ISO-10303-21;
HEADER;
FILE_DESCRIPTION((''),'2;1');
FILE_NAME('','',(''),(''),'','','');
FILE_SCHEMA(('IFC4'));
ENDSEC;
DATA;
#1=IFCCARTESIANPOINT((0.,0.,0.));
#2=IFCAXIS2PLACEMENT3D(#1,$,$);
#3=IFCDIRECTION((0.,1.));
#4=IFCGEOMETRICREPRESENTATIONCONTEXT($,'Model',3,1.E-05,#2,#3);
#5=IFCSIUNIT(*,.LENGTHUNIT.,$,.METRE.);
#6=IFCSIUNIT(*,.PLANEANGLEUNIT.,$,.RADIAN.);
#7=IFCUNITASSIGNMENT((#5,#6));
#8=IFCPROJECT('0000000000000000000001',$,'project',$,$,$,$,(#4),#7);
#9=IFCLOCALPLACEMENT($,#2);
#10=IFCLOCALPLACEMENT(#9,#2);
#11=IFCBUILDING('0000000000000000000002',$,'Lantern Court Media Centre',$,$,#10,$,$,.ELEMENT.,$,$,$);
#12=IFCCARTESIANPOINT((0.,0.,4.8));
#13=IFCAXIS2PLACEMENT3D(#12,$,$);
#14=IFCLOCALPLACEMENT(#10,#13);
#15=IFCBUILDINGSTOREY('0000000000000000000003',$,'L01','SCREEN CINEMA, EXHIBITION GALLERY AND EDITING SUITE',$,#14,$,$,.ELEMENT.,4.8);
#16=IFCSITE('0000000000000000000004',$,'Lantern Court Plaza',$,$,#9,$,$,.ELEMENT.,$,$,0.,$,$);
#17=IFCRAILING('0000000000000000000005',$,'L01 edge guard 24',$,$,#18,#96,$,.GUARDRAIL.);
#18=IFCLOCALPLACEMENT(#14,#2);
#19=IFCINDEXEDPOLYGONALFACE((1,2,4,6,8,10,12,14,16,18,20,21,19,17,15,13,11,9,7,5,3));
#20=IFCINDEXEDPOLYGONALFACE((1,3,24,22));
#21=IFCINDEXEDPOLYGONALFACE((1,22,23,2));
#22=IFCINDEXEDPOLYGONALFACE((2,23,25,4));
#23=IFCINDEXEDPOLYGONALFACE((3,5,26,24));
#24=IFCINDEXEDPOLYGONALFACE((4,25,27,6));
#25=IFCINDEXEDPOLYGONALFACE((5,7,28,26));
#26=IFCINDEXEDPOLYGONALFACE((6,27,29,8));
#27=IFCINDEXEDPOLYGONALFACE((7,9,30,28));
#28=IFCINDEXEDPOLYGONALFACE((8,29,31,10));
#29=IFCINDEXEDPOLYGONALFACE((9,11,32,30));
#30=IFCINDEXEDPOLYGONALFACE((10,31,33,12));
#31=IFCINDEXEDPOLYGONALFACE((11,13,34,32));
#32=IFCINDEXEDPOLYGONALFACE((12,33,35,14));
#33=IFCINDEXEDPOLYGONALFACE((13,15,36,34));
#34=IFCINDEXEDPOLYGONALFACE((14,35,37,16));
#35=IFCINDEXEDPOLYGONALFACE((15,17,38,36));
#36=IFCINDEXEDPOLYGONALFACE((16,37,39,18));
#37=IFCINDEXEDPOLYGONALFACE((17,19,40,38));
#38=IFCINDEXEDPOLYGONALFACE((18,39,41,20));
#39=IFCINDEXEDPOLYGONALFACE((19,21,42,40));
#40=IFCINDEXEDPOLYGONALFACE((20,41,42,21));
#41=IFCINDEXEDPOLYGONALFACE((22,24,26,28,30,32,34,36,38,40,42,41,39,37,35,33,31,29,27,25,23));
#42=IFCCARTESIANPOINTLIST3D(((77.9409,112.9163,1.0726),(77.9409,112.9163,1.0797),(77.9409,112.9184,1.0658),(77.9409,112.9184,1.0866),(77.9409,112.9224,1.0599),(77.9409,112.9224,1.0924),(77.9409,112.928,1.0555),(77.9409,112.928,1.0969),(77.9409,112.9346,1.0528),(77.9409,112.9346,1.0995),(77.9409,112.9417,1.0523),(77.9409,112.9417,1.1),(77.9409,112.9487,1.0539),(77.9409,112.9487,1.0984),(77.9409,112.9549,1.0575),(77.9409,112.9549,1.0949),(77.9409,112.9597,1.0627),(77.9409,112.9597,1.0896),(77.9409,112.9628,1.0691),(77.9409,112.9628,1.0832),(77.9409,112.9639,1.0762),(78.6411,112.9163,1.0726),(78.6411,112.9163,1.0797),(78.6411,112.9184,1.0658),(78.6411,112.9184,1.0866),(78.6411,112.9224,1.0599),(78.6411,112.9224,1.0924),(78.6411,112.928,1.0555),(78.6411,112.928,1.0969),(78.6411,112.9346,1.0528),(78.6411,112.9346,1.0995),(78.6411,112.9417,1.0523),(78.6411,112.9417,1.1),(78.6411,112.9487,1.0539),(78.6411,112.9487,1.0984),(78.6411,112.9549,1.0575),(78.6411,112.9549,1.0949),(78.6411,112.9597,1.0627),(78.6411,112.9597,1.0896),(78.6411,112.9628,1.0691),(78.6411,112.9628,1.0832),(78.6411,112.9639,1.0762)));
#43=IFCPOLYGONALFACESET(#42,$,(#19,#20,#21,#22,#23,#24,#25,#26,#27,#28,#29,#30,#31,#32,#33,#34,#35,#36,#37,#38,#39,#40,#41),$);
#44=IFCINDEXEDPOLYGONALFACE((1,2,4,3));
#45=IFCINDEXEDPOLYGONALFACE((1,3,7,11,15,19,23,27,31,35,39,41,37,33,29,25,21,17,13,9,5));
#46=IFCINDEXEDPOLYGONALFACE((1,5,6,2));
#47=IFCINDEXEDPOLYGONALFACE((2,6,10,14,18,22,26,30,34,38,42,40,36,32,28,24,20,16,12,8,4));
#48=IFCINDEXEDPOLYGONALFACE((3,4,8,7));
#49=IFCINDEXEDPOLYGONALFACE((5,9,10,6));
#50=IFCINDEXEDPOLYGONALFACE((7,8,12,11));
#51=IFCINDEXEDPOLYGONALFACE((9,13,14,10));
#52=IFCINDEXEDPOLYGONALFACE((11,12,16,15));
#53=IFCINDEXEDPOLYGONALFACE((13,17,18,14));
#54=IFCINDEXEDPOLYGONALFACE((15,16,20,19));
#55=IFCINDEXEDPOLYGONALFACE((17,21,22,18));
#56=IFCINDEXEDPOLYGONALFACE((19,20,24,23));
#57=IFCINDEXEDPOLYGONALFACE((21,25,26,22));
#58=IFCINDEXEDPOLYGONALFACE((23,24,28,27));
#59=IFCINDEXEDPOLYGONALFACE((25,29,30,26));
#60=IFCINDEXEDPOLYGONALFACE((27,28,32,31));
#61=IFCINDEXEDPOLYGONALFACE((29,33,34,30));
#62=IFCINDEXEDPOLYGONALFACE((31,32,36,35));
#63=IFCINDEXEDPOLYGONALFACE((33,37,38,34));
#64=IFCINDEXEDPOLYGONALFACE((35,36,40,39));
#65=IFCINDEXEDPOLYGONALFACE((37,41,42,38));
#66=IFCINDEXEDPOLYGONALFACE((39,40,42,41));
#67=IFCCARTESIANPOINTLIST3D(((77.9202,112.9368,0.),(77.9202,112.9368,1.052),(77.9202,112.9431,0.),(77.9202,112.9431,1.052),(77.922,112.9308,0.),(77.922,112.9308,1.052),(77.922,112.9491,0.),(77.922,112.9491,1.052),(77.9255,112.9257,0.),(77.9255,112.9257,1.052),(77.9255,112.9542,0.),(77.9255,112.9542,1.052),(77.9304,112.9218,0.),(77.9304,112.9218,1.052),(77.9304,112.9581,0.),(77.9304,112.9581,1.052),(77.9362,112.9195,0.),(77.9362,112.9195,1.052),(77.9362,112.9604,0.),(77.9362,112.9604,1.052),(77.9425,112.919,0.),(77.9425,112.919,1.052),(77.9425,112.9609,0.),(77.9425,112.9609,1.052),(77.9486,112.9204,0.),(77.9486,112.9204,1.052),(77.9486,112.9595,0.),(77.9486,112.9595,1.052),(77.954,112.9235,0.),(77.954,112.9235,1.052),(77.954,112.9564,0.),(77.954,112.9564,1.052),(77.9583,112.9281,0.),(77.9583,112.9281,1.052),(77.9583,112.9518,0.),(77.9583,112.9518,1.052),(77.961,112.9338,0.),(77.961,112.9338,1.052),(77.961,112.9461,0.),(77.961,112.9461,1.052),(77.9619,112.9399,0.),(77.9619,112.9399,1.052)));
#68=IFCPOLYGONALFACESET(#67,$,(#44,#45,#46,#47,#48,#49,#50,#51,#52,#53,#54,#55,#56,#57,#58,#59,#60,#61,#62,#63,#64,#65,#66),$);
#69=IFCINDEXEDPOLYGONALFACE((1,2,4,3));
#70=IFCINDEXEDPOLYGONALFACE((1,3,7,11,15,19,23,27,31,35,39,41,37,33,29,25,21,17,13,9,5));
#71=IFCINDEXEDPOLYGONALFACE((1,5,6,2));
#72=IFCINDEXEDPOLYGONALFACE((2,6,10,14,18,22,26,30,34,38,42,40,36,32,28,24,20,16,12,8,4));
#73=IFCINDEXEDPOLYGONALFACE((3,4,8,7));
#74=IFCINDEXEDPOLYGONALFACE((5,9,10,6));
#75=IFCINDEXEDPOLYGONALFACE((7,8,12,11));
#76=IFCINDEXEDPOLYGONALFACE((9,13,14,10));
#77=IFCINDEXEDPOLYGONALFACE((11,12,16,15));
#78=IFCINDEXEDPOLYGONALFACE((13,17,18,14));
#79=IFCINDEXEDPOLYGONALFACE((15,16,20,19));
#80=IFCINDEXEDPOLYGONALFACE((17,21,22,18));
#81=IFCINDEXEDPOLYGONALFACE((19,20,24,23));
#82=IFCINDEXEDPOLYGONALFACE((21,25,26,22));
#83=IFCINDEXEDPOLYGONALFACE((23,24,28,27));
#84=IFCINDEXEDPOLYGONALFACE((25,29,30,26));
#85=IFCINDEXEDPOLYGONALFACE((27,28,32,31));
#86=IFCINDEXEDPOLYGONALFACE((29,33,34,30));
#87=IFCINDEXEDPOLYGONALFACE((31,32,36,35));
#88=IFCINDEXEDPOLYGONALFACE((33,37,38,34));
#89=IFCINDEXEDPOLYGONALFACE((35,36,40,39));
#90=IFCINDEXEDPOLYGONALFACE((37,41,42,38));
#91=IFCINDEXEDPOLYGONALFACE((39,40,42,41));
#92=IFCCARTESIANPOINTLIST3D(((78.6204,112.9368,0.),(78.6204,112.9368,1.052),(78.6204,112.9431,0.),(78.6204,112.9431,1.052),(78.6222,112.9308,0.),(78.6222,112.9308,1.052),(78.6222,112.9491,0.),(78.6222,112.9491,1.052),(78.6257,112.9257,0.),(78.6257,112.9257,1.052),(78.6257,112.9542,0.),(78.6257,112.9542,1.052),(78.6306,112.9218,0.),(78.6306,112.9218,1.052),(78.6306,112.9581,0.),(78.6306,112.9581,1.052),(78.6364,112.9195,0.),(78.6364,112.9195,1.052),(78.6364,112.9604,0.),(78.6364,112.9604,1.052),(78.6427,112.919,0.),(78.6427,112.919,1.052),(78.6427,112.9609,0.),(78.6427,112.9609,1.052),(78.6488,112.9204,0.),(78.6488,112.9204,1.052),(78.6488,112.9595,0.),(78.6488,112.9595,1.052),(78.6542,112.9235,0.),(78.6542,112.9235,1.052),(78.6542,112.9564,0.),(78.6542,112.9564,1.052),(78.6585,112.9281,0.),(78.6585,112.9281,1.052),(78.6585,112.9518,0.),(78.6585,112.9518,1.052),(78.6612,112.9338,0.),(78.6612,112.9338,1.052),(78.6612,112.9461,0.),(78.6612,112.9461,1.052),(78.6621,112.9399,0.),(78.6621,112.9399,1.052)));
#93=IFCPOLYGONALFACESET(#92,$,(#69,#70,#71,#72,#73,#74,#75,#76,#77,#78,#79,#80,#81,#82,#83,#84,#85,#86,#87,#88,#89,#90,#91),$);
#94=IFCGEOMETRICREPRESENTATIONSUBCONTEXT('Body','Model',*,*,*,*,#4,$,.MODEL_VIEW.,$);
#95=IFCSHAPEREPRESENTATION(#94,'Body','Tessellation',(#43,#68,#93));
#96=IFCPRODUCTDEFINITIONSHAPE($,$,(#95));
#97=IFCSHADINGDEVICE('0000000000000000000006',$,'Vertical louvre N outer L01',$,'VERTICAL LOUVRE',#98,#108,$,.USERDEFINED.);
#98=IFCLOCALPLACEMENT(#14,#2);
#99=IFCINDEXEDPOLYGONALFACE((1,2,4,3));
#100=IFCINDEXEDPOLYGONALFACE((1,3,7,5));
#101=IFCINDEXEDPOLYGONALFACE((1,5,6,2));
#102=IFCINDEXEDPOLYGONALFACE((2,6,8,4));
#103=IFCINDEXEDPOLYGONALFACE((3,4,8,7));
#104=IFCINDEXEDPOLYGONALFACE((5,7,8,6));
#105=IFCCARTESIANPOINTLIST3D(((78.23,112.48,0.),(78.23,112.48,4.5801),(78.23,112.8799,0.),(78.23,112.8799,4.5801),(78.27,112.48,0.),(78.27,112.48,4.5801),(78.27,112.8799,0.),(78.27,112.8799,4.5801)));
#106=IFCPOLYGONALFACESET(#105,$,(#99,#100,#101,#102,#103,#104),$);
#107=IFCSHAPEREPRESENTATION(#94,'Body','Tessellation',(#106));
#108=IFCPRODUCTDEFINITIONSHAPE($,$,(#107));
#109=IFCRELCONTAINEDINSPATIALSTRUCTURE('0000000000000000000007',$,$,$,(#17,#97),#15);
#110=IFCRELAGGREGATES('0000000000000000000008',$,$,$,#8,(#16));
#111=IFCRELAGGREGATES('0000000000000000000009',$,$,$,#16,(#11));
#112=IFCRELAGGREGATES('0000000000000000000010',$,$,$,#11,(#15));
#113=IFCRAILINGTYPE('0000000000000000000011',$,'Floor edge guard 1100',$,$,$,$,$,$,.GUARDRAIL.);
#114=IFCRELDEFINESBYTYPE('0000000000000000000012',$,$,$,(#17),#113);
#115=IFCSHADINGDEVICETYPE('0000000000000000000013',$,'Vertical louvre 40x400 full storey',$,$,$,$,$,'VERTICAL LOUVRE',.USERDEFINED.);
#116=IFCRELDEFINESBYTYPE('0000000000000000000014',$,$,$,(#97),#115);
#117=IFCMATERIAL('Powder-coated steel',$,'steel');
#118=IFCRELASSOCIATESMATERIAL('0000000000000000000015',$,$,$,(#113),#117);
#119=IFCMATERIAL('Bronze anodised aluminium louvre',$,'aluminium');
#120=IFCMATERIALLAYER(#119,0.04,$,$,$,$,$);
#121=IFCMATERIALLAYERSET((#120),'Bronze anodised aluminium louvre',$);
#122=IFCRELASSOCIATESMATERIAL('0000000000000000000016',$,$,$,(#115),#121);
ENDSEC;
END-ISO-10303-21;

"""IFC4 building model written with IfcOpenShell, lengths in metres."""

from ifc_helpers import new_model, si_unit, direction, frame, origin, origin_2d, place, context, subcontext, project, spatial, rectangle, circle, extrude, material, layer, layer_set, type_object, element, save


model = new_model("IFC4")

# Units and contexts
model_context = context("Model", 3, precision=1e-05, world=origin(), true_north=direction((0.0, 1.0)))
body_context = subcontext(model_context, "Body", "Model", "MODEL_VIEW")
ifc_project = project(units=[si_unit("LENGTHUNIT", "METRE"), si_unit("PLANEANGLEUNIT", "RADIAN")], contexts=[model_context])

# Site, building, storey
site_placement = place(None, origin())
site = spatial("IfcSite", under=ifc_project, at=site_placement, Name="Lantern Court Plaza", CompositionType="ELEMENT", RefElevation=0.0)
building_placement = place(site_placement, origin())
building = spatial("IfcBuilding", under=site, at=building_placement, Name="Lantern Court Media Centre", CompositionType="ELEMENT")
storey_placement = place(building_placement, frame((0.0, 0.0, 4.8)))
storey = spatial("IfcBuildingStorey", under=building, at=storey_placement, Name="L01", Description="SCREEN CINEMA, EXHIBITION GALLERY AND EDITING SUITE", CompositionType="ELEMENT", Elevation=4.8)

# Railing
ifc_material_1 = material(Name="Powder-coated steel", Category="steel")
railing_type = type_object("IfcRailingType", Name="Floor edge guard 1100", PredefinedType="GUARDRAIL", material=ifc_material_1)
railing_placement = place(storey_placement, frame((77.9409, 112.9399, 0.0)))
element("IfcRailing", 1, at=railing_placement, inside=storey, type_object=railing_type, Name="L01 edge guard 24", PredefinedType="GUARDRAIL", context=body_context, shape_type="SweptSolid", body=[
    extrude(circle(Radius=0.0239, at=origin_2d()), frame((0.0, 0.0, 1.0762), z_axis=(1.0, 0.0, 0.0), x_axis=(0.0, 1.0, 0.0)), (0.0, 0.0, 1.0), 0.7002),
    extrude(circle(Radius=0.021, at=origin_2d()), origin(), (0.0, 0.0, 1.0), 1.052),
    extrude(circle(Radius=0.021, at=origin_2d()), frame((0.7002, 0.0, 0.0)), (0.0, 0.0, 1.0), 1.052),
])

# Shading device
ifc_material_2 = material(Name="Bronze anodised aluminium louvre", Category="aluminium")
ifc_layer_1 = layer(ifc_material_2, 0.04)
ifc_layer_set_1 = layer_set([ifc_layer_1], Name="Bronze anodised aluminium louvre")
shading_device_type = type_object("IfcShadingDeviceType", Name="Vertical louvre 40x400 full storey", ElementType="VERTICAL LOUVRE", PredefinedType="USERDEFINED", material=ifc_layer_set_1)
shading_device_placement = place(storey_placement, frame((78.25, 112.6799, 0.0), z_axis=(0.0, 0.0, 1.0), x_axis=(1.0, 0.0, 0.0)))
element("IfcShadingDevice", 2, at=shading_device_placement, inside=storey, type_object=shading_device_type, Name="Vertical louvre N outer L01", ObjectType="VERTICAL LOUVRE", PredefinedType="USERDEFINED", context=body_context, shape_type="SweptSolid", body=[
    extrude(rectangle(XDim=0.04, YDim=0.3999, at=origin_2d()), origin(), (0.0, 0.0, 1.0), 4.5801),
])

save(model, "model.ifc")
